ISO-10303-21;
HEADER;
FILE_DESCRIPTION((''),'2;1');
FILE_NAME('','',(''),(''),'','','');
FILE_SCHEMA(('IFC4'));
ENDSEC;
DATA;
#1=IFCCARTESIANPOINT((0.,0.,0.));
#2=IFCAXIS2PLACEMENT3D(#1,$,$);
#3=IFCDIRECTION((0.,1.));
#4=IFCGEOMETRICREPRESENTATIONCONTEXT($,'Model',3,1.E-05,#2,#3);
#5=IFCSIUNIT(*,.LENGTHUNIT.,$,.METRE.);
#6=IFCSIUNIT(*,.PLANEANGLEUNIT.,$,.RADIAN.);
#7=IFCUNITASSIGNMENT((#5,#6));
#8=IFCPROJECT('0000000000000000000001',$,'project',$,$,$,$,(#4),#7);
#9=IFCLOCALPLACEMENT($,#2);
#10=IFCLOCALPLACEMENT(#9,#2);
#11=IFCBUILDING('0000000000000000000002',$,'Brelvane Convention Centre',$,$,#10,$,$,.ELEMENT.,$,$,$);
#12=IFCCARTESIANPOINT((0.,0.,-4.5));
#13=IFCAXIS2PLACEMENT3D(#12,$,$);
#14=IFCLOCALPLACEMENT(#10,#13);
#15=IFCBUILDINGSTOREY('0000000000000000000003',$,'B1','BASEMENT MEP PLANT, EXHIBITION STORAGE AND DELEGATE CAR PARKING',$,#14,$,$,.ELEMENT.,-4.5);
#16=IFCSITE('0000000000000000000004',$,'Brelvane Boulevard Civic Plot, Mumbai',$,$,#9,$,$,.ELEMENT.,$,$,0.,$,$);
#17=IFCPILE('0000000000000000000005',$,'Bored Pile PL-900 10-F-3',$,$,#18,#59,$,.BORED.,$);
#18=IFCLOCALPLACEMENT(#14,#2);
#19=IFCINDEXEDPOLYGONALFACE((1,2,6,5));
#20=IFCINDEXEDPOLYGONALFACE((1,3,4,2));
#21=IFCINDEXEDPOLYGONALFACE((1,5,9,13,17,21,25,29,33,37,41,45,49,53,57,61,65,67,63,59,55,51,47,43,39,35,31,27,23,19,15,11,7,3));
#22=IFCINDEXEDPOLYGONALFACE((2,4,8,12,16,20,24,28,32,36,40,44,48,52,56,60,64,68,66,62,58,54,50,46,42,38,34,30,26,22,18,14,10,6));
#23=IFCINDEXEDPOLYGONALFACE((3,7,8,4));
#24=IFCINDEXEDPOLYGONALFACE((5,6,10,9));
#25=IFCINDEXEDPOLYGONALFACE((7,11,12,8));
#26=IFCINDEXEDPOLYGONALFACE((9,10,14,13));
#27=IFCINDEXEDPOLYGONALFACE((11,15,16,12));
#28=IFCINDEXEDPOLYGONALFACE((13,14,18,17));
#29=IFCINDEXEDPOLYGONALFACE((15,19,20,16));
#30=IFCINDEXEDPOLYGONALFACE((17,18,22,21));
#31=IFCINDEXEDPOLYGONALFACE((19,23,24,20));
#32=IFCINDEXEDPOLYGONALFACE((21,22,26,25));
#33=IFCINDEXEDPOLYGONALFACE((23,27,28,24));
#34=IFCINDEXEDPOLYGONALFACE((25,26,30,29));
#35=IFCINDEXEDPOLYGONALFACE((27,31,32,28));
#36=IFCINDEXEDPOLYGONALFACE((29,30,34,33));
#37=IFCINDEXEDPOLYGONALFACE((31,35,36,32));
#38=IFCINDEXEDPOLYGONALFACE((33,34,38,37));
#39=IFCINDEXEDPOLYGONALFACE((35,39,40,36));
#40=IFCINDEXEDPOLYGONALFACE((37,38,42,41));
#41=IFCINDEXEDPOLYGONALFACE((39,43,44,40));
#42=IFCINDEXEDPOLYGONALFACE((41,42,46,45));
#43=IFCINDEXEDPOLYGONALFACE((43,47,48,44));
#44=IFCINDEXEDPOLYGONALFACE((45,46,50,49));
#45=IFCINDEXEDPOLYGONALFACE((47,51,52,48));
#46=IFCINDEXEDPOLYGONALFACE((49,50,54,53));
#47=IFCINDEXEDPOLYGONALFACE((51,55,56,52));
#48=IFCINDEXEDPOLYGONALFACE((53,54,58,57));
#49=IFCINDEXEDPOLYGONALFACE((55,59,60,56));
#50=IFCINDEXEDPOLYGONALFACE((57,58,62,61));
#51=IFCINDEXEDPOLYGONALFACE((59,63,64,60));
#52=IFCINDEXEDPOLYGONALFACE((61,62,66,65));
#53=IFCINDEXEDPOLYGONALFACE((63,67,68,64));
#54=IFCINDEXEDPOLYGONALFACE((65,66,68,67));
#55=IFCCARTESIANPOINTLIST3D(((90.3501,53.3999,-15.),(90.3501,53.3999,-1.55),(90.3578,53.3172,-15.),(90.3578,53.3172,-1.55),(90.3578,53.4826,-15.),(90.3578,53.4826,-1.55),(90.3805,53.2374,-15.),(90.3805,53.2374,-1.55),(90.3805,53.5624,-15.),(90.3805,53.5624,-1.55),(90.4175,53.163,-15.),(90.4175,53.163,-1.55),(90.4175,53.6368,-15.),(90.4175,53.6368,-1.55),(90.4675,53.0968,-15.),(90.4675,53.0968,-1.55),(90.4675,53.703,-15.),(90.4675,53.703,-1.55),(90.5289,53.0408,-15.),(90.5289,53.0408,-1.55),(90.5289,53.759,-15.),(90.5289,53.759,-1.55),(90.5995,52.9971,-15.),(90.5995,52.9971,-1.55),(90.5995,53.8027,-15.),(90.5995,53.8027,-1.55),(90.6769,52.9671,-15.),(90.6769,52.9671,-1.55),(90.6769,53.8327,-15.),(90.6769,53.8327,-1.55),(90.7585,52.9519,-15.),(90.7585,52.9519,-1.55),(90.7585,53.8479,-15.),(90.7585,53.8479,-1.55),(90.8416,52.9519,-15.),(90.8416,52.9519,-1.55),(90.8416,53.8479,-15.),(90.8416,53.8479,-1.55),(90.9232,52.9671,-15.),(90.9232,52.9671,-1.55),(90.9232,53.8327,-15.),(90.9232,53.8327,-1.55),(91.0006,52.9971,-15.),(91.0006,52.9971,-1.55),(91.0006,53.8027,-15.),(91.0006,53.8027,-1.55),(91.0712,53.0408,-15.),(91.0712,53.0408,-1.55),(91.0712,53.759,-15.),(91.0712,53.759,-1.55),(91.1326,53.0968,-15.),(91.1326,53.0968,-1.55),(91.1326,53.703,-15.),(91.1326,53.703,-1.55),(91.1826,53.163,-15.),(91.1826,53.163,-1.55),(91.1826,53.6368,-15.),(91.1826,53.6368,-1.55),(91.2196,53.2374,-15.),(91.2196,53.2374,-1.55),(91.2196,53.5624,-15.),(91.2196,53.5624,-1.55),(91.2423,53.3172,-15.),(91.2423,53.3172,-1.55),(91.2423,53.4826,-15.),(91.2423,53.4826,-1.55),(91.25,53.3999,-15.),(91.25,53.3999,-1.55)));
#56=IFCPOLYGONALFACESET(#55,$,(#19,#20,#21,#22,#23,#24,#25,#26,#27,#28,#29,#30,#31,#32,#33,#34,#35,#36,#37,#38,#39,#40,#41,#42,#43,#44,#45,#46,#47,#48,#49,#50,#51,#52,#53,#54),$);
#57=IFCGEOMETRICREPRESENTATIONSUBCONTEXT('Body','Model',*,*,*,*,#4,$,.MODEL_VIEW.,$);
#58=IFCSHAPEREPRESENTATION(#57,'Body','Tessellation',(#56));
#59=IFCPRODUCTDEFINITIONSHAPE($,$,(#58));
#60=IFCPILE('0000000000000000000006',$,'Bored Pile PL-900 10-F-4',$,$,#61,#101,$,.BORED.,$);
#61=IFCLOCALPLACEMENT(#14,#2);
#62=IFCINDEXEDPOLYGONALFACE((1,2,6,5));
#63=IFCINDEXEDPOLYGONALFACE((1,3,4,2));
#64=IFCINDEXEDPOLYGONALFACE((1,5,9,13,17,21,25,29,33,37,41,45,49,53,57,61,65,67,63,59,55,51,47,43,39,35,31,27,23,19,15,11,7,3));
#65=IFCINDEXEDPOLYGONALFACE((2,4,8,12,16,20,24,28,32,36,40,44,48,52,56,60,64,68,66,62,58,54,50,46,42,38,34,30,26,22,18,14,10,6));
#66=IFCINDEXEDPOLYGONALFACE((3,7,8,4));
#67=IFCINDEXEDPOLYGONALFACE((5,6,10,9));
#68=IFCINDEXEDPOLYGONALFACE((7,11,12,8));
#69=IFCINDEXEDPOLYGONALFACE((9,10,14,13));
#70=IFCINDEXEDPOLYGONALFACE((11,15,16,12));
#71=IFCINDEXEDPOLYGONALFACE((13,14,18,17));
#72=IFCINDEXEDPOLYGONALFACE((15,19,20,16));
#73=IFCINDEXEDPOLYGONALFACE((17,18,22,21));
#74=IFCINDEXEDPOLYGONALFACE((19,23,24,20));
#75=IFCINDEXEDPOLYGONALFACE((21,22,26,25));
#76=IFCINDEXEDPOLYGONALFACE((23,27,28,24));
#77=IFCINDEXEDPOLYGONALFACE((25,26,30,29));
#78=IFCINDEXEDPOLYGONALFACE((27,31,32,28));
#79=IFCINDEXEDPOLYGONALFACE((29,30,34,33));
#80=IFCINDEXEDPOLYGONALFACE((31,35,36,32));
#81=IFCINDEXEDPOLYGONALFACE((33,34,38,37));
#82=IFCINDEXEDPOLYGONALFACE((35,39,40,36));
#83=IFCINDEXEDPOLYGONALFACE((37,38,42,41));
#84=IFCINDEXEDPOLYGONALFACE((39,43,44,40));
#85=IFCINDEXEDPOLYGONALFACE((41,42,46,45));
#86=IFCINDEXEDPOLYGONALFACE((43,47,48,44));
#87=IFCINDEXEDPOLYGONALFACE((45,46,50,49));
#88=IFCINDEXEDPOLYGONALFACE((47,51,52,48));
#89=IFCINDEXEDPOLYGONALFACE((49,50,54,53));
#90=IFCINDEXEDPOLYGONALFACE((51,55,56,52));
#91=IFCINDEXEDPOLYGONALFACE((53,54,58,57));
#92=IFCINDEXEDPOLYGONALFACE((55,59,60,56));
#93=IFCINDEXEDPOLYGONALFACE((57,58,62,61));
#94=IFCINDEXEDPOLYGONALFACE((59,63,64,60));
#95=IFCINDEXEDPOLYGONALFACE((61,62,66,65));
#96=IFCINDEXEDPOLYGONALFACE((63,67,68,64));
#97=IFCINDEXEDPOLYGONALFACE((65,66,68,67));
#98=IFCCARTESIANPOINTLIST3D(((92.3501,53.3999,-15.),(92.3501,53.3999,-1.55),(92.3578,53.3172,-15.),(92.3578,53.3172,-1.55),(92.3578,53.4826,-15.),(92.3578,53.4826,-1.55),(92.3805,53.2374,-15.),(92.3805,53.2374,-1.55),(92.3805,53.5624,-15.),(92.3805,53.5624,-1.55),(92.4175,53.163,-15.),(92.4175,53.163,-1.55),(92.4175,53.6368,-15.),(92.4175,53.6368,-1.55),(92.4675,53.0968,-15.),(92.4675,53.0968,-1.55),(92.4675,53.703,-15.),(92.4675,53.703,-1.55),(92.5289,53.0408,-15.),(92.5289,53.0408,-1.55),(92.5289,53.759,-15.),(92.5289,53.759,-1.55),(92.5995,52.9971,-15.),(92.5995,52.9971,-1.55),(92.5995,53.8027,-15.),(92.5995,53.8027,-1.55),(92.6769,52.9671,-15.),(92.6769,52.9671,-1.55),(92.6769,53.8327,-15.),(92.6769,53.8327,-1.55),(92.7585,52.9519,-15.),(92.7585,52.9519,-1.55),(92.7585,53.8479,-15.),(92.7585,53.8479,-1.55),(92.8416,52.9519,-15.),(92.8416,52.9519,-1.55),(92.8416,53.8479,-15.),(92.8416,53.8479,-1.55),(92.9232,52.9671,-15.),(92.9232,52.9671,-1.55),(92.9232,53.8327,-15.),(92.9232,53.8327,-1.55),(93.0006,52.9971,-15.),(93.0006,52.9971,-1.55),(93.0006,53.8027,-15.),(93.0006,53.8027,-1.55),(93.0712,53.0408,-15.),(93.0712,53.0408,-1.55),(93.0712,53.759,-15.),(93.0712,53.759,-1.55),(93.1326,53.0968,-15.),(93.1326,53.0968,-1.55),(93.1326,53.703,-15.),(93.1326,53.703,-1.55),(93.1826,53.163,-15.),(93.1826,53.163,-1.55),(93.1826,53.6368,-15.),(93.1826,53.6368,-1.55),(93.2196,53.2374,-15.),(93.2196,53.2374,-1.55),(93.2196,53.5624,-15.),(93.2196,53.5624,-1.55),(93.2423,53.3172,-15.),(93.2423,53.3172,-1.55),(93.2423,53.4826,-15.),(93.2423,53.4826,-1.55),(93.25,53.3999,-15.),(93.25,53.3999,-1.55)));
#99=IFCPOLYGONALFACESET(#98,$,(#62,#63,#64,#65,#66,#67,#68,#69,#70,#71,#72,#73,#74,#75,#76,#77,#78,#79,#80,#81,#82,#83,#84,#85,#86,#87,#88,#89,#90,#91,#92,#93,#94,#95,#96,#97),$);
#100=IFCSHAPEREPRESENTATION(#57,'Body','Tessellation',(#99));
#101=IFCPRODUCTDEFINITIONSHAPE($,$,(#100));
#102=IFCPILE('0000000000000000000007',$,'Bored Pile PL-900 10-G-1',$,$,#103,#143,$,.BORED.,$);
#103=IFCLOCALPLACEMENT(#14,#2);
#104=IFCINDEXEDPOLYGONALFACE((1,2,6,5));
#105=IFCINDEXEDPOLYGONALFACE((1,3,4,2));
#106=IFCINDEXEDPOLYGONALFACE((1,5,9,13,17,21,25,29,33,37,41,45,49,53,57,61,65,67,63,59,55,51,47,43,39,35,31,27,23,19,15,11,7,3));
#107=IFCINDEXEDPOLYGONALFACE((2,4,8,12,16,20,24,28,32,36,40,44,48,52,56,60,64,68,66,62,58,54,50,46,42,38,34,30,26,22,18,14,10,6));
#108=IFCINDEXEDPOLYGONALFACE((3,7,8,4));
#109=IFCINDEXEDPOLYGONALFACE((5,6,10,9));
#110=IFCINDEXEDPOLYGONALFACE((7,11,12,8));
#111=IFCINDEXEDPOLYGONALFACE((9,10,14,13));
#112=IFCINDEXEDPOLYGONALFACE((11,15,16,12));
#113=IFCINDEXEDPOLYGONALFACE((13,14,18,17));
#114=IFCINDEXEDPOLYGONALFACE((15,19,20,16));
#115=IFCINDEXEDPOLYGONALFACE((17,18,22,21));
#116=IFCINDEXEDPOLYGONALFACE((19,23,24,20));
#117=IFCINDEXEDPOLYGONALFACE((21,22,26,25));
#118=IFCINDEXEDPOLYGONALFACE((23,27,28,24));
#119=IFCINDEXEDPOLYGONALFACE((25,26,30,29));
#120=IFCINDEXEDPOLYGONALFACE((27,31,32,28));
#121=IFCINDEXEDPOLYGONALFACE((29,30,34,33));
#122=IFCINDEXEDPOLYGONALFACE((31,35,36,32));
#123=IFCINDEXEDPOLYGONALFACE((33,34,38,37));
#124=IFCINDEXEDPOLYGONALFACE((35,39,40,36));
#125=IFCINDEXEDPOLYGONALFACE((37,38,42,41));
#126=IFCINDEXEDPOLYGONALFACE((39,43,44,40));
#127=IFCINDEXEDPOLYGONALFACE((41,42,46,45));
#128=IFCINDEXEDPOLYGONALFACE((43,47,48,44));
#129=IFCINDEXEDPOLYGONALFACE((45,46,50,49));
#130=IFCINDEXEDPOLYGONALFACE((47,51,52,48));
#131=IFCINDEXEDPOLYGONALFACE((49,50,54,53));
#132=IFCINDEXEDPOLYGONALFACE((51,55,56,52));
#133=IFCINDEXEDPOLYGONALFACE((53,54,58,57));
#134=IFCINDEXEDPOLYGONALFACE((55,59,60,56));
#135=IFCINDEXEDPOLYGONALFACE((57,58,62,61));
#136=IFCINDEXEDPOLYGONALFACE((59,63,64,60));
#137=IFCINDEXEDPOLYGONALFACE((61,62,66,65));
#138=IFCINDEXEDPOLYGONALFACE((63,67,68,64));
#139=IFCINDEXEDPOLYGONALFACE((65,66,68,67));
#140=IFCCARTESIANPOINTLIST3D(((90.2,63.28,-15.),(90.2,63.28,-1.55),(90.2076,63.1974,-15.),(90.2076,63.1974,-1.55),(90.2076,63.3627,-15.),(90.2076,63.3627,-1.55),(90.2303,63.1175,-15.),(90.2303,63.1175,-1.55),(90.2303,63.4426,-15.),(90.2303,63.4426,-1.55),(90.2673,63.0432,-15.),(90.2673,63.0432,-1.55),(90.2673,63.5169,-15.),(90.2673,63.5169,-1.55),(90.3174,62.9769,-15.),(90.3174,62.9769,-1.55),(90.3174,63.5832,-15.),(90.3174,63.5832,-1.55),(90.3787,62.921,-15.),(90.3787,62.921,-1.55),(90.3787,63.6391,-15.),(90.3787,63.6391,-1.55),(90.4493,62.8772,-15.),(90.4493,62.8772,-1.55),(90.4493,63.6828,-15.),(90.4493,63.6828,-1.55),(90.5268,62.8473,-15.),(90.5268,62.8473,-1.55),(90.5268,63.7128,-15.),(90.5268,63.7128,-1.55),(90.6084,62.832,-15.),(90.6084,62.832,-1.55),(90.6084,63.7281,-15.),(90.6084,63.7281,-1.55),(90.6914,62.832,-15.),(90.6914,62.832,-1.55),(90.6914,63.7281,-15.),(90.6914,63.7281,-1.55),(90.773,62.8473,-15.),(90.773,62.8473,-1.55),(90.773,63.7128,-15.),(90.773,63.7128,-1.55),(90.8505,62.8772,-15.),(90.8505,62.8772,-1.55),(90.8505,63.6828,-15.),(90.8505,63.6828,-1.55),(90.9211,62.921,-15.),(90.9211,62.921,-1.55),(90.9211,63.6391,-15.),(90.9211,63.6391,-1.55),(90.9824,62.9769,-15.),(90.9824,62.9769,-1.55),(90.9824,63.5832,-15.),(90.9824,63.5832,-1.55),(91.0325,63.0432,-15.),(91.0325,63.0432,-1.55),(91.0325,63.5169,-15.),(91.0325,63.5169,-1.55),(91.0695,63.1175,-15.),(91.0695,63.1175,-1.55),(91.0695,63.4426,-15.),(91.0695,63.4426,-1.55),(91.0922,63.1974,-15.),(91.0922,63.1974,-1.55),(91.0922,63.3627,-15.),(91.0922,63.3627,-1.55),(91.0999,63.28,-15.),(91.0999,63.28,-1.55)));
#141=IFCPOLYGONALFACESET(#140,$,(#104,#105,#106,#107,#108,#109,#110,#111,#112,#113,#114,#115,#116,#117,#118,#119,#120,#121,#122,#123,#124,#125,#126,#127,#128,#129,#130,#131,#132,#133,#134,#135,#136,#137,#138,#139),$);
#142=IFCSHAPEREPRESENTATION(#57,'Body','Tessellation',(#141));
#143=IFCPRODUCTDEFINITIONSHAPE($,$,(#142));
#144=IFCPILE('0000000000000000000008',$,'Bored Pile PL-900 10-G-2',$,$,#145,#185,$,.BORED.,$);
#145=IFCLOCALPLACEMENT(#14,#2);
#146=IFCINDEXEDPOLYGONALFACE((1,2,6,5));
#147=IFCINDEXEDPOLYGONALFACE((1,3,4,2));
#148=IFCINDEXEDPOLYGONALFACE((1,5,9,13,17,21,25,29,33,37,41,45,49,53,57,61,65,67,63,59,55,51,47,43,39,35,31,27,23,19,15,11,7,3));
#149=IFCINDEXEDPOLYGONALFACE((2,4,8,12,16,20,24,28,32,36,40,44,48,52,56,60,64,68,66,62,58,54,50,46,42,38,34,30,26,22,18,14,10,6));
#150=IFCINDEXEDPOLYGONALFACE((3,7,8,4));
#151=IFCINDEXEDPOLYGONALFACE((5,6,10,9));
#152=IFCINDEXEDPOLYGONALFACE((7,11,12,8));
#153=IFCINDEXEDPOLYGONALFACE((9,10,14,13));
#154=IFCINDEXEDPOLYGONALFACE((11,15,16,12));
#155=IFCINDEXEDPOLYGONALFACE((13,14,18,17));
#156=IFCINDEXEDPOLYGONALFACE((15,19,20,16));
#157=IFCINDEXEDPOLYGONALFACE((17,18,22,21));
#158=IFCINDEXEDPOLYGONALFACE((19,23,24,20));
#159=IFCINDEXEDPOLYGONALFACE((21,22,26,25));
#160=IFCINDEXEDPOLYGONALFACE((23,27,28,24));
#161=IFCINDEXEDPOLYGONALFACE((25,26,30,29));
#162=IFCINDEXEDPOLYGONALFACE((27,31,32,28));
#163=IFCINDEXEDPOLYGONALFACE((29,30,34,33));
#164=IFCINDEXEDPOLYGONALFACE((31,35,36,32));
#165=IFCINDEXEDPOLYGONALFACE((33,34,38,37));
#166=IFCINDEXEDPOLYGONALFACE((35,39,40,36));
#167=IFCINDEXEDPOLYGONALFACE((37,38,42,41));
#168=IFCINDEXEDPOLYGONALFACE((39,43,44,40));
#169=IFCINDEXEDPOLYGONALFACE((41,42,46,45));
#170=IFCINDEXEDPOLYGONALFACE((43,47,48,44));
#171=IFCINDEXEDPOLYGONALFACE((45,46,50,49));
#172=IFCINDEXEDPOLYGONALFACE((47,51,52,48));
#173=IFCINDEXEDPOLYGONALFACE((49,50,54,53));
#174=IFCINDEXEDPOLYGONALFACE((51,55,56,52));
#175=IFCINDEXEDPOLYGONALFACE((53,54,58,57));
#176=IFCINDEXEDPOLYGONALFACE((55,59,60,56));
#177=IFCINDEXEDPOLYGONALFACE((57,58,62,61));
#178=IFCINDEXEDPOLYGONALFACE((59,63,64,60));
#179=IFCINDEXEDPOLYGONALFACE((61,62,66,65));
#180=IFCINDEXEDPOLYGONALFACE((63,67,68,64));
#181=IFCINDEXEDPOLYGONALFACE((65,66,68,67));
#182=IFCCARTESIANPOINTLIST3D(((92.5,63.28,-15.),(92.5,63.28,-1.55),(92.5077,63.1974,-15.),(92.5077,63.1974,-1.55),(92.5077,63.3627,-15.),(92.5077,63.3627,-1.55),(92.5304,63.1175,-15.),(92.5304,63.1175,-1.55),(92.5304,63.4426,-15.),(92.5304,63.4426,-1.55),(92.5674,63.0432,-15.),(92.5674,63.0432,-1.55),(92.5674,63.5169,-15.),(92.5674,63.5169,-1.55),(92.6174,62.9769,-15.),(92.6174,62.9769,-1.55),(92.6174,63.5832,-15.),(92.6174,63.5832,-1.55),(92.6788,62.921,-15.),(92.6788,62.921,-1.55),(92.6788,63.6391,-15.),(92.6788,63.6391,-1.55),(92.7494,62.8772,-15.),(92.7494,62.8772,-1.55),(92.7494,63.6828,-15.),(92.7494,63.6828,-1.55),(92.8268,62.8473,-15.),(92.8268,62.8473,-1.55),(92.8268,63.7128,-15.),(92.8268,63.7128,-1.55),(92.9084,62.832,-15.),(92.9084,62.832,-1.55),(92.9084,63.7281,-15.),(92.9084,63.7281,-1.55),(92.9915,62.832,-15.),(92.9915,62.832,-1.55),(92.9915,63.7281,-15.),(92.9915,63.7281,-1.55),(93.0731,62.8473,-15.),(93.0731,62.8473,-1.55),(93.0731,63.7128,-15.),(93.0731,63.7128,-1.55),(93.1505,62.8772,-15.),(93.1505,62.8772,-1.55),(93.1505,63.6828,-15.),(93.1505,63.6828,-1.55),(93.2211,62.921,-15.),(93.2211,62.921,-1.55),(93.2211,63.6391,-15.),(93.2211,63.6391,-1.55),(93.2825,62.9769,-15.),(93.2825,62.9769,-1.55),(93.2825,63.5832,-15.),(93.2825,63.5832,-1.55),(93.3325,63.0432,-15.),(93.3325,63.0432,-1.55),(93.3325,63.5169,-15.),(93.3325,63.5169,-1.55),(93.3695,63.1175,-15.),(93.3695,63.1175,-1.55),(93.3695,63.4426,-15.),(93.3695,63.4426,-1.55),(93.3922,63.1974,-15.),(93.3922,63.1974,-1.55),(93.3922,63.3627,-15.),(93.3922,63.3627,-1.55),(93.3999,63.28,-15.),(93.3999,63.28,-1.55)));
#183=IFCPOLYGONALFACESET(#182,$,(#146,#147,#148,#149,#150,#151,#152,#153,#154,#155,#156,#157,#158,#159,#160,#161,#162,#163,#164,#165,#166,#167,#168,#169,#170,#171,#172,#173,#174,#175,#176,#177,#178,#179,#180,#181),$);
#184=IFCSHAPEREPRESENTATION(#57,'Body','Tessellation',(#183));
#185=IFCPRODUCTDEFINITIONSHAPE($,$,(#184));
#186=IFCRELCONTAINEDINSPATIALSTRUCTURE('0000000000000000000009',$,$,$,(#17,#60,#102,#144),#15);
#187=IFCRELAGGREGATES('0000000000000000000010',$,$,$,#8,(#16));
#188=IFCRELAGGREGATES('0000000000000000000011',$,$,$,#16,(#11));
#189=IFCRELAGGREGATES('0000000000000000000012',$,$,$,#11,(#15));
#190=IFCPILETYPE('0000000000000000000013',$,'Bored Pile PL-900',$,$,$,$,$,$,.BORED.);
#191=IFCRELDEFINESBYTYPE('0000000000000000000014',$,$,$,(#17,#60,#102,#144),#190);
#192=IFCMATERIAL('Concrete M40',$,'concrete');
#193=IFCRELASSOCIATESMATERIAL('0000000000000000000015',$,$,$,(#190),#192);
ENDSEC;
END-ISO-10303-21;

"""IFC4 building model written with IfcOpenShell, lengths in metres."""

from ifc_helpers import new_model, si_unit, direction, frame, origin, origin_2d, place, context, subcontext, project, spatial, circle, extrude, material, material_profile, profile_set, type_object, element, save


model = new_model("IFC4")

# Units and contexts
model_context = context("Model", 3, precision=1e-05, world=origin(), true_north=direction((0.0, 1.0)))
body_context = subcontext(model_context, "Body", "Model", "MODEL_VIEW")
ifc_project = project(units=[si_unit("LENGTHUNIT", "METRE"), si_unit("PLANEANGLEUNIT", "RADIAN")], contexts=[model_context])

# Site, building, storey
site_placement = place(None, origin())
site = spatial("IfcSite", under=ifc_project, at=site_placement, Name="Brelvane Boulevard Civic Plot, Mumbai", CompositionType="ELEMENT", RefElevation=0.0)
building_placement = place(site_placement, origin())
building = spatial("IfcBuilding", under=site, at=building_placement, Name="Brelvane Convention Centre", CompositionType="ELEMENT")
storey_placement = place(building_placement, frame((0.0, 0.0, -4.5)))
storey = spatial("IfcBuildingStorey", under=building, at=storey_placement, Name="B1", Description="BASEMENT MEP PLANT, EXHIBITION STORAGE AND DELEGATE CAR PARKING", CompositionType="ELEMENT", Elevation=-4.5)

# Piles
ifc_material_1 = material(Name="Concrete M40", Category="concrete")
ifc_material_profile_1 = material_profile(ifc_material_1, circle(Radius=0.45, at=origin_2d()), Name="PILE D900")
ifc_profile_set_1 = profile_set([ifc_material_profile_1], Name="Concrete M40")
pile_type = type_object("IfcPileType", Name="Bored Pile PL-900", PredefinedType="BORED", material=ifc_profile_set_1)
for number, where, z_axis, x_axis, name in (
    (1, (90.8, 53.3999, -1.55), (0.0, 0.0, -1.0), (1.0, 0.0, 0.0), "Bored Pile PL-900 10-F-3"),
    (2, (92.8, 53.3999, -1.55), (0.0, 0.0, -1.0), (1.0, 0.0, 0.0), "Bored Pile PL-900 10-F-4"),
    (3, (90.6499, 63.28, -1.55), (0.0, 0.0, -1.0), (1.0, 0.0, 0.0), "Bored Pile PL-900 10-G-1"),
    (4, (92.95, 63.28, -1.55), (0.0, 0.0, -1.0), (1.0, 0.0, 0.0), "Bored Pile PL-900 10-G-2"),
):
    element("IfcPile", number, at=place(storey_placement, frame(where, z_axis=z_axis, x_axis=x_axis)), inside=storey, type_object=pile_type, Name=name, PredefinedType="BORED", context=body_context, shape_type="SweptSolid", body=[
        extrude(circle(Radius=0.45, at=origin_2d()), origin(), (0.0, 0.0, 1.0), 13.45),
    ])

save(model, "model.ifc")
